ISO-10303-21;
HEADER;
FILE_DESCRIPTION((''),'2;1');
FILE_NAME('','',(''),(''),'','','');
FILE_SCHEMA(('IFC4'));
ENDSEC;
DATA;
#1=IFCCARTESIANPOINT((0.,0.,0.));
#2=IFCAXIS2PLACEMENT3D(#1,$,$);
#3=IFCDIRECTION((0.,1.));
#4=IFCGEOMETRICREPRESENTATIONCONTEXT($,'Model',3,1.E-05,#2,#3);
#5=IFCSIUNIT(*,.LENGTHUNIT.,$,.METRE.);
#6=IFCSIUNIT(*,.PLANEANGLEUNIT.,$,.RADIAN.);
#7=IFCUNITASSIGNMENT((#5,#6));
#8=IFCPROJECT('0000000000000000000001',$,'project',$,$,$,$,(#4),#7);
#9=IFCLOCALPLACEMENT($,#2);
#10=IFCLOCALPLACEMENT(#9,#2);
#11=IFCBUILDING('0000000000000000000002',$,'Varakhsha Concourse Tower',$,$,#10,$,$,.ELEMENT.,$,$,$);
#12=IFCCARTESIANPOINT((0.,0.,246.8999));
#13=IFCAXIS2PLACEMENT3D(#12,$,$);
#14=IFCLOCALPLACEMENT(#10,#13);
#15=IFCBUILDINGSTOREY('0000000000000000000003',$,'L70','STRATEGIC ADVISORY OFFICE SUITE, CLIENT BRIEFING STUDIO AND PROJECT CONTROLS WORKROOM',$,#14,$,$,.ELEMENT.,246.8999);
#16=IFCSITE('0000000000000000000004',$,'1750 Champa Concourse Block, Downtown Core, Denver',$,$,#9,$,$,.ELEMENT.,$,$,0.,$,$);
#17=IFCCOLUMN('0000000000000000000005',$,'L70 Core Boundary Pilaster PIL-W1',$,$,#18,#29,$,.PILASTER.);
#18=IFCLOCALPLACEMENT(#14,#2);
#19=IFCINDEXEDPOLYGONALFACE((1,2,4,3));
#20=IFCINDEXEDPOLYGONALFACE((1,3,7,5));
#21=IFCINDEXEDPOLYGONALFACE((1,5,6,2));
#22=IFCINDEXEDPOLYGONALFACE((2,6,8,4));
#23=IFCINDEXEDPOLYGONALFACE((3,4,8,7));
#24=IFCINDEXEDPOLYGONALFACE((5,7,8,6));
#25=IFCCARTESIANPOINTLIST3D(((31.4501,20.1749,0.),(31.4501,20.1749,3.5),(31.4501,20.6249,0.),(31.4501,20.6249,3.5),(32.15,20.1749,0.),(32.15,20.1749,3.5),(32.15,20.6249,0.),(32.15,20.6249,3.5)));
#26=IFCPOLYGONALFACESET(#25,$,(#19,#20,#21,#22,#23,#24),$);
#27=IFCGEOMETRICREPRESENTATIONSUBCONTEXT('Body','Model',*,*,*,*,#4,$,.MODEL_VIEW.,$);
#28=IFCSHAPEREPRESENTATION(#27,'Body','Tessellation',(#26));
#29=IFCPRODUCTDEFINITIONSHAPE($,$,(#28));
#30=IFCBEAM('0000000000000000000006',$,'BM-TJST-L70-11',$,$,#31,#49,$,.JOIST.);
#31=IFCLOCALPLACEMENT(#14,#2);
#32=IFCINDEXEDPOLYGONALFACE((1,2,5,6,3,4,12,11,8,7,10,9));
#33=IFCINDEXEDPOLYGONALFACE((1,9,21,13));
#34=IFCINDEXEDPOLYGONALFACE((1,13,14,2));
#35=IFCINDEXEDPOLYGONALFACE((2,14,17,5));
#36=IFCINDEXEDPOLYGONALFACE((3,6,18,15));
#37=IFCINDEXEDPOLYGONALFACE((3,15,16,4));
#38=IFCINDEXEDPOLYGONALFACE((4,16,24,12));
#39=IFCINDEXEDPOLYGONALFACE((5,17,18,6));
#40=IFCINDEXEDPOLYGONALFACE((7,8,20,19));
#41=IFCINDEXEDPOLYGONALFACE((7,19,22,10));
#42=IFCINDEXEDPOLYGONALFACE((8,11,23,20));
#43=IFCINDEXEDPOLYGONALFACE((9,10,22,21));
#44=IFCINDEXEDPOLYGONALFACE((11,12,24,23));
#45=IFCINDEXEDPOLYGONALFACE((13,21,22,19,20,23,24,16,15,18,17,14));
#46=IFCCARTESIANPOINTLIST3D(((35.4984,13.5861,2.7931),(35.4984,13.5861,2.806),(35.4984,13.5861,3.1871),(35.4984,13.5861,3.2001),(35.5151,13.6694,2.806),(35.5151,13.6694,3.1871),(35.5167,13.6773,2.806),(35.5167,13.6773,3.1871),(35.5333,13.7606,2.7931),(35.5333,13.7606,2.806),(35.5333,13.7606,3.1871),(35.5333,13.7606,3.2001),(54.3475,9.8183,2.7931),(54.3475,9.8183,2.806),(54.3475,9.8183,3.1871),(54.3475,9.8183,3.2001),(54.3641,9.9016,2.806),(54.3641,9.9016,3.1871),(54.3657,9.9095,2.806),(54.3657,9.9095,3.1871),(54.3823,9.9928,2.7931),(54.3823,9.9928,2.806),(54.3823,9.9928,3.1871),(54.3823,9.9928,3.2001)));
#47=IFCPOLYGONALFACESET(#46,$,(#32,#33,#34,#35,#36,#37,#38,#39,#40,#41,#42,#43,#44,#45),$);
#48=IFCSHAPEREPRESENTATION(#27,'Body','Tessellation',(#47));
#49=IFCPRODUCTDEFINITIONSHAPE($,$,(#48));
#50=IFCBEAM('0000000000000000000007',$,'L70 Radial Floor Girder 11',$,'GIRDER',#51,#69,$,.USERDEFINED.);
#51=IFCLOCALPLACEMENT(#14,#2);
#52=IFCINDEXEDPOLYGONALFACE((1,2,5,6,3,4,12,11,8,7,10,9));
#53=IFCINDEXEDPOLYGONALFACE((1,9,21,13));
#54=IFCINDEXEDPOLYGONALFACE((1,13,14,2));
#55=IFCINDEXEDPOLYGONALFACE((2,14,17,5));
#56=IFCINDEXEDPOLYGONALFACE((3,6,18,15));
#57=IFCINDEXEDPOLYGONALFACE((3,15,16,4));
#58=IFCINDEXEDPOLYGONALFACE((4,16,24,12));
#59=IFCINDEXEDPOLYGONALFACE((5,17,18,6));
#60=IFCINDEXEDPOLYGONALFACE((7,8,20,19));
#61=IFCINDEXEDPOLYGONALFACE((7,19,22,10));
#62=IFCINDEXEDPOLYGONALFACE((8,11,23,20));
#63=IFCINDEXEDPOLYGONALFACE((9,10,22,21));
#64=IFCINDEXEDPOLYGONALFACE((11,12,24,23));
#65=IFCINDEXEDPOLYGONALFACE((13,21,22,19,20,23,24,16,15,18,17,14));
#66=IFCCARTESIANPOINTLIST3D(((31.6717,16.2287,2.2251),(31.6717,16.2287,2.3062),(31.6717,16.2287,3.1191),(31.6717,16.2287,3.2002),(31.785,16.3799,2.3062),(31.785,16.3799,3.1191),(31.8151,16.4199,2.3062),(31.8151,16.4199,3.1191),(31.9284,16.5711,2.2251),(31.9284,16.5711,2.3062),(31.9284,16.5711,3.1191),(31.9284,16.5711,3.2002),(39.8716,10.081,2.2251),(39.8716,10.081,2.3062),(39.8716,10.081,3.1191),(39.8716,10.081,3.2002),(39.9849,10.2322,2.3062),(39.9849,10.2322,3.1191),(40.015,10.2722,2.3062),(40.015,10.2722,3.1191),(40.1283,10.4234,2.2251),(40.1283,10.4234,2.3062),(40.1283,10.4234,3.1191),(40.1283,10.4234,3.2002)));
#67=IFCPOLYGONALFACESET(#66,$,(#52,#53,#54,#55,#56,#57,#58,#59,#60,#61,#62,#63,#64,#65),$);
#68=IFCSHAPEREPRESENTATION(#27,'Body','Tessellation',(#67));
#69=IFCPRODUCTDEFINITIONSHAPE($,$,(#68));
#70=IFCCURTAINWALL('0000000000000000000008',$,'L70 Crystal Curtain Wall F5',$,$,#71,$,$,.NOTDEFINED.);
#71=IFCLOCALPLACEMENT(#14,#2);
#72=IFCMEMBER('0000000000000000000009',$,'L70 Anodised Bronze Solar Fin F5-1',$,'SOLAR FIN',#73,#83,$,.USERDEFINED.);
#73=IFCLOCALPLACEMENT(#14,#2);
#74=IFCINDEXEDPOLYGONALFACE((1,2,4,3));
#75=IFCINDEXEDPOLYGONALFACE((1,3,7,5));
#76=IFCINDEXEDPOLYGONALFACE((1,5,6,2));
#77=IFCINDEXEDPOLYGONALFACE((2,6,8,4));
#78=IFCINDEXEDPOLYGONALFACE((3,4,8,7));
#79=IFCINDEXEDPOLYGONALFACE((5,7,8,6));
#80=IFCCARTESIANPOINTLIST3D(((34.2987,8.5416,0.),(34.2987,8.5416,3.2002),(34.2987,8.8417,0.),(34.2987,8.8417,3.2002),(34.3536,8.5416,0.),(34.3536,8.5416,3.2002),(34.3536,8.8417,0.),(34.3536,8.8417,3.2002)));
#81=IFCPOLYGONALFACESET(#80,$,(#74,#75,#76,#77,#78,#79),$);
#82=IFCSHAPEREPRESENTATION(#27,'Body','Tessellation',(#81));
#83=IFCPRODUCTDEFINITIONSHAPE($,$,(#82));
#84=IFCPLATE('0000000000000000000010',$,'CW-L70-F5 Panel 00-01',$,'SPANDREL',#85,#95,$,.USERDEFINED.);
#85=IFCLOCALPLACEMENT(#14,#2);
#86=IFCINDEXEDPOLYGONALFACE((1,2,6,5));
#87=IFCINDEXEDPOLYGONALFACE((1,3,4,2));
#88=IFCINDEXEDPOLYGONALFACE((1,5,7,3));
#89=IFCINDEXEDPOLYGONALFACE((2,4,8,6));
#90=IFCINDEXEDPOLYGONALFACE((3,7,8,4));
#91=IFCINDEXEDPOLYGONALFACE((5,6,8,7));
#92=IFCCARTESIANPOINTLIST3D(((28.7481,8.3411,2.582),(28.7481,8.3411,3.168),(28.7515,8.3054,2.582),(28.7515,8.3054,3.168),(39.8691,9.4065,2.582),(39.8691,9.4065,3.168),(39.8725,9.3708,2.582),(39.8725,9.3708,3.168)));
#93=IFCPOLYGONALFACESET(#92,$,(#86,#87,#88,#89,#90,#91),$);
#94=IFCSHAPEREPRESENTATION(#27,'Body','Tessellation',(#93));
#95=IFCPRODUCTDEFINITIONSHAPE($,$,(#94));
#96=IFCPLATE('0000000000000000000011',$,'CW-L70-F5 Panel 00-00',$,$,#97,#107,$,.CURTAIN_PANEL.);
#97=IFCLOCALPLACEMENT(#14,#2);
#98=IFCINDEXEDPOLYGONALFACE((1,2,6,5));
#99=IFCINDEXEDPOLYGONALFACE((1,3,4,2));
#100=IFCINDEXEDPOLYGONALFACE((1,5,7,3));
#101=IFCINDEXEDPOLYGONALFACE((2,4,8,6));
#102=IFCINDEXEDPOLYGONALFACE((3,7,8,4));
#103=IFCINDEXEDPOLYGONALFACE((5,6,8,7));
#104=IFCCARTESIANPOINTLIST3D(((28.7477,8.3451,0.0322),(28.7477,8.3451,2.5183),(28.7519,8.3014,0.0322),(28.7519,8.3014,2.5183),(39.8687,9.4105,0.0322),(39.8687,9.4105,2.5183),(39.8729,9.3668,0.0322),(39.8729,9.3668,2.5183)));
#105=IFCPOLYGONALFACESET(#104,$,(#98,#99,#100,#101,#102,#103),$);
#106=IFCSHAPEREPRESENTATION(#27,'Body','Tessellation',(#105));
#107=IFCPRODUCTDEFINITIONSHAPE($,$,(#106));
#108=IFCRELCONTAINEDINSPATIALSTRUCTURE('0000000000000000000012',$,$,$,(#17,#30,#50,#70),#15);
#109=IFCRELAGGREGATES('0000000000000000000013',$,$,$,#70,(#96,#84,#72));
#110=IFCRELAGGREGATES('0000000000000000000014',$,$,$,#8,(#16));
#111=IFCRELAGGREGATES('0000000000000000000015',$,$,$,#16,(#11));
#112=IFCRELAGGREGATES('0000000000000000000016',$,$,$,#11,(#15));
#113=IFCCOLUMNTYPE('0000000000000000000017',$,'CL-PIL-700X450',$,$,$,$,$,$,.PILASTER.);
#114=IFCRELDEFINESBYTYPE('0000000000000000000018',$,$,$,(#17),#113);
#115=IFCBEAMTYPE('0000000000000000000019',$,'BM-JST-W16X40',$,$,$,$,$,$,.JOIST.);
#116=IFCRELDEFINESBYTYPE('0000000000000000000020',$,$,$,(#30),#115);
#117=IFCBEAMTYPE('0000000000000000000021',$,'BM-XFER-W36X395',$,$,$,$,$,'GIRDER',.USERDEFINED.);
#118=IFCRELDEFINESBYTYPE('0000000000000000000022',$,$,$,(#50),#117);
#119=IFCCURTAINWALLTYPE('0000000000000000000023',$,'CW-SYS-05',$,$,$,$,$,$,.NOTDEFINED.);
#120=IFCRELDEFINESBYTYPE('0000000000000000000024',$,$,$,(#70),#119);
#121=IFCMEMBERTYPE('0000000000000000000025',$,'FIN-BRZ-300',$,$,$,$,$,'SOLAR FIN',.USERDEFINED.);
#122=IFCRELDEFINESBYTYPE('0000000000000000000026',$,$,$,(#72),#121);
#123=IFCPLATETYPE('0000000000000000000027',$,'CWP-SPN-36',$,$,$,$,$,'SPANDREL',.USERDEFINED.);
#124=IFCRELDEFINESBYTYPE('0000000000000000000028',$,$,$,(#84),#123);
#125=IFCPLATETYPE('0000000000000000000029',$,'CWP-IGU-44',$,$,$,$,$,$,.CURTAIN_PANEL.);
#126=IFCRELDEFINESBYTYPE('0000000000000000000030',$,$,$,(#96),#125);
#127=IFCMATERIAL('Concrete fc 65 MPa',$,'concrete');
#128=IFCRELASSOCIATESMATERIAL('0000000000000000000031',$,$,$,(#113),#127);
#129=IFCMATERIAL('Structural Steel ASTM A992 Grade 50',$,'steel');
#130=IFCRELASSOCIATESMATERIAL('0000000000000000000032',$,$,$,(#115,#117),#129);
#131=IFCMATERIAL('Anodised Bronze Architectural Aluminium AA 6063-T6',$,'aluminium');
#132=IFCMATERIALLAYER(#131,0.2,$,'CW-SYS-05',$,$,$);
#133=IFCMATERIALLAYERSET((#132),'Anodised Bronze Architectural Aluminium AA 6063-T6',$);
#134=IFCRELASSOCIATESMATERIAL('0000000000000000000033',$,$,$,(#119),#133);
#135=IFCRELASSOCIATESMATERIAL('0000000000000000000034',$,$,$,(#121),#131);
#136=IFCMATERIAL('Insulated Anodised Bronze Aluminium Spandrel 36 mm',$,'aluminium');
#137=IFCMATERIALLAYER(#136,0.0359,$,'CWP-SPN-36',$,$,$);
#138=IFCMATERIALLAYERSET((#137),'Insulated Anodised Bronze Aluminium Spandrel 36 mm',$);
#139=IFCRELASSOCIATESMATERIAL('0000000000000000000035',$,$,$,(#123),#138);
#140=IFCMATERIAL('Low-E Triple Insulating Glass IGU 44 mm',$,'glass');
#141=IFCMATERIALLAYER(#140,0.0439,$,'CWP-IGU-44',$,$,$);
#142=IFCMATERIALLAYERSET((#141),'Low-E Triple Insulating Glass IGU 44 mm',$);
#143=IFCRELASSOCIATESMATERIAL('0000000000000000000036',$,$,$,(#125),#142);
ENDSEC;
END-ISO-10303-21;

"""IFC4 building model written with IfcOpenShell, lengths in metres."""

from ifc_helpers import new_model, si_unit, direction, frame, origin, origin_2d, place, context, subcontext, project, spatial, rectangle, i_section, extrude, source, transform, mapped, material, layer, layer_set, material_profile, profile_set, type_object, type_shapes, element, aggregate, save


model = new_model("IFC4")

# Units and contexts
model_context = context("Model", 3, precision=1e-05, world=origin(), true_north=direction((0.0, 1.0)))
body_context = subcontext(model_context, "Body", "Model", "MODEL_VIEW")
ifc_project = project(units=[si_unit("LENGTHUNIT", "METRE"), si_unit("PLANEANGLEUNIT", "RADIAN")], contexts=[model_context])

# Site, building, storey
site_placement = place(None, origin())
site = spatial("IfcSite", under=ifc_project, at=site_placement, Name="1750 Champa Concourse Block, Downtown Core, Denver", CompositionType="ELEMENT", RefElevation=0.0)
building_placement = place(site_placement, origin())
building = spatial("IfcBuilding", under=site, at=building_placement, Name="Varakhsha Concourse Tower", CompositionType="ELEMENT")
storey_placement = place(building_placement, frame((0.0, 0.0, 246.8999)))
storey = spatial("IfcBuildingStorey", under=building, at=storey_placement, Name="L70", Description="STRATEGIC ADVISORY OFFICE SUITE, CLIENT BRIEFING STUDIO AND PROJECT CONTROLS WORKROOM", CompositionType="ELEMENT", Elevation=246.8999)

# Column
ifc_material_1 = material(Name="Concrete fc 65 MPa", Category="concrete")
ifc_material_profile_1 = material_profile(ifc_material_1, rectangle(XDim=0.7, YDim=0.45, at=origin_2d()), Name="RC 700x450")
ifc_profile_set_1 = profile_set([ifc_material_profile_1], Name="Concrete fc 65 MPa")
column_type = type_object("IfcColumnType", Name="CL-PIL-700X450", PredefinedType="PILASTER", material=ifc_profile_set_1)
column_placement = place(storey_placement, frame((31.8, 20.3999, 0.0), z_axis=(0.0, 0.0, 1.0), x_axis=(1.0, 0.0, 0.0)))
element("IfcColumn", 1, at=column_placement, inside=storey, type_object=column_type, Name="L70 Core Boundary Pilaster PIL-W1", PredefinedType="PILASTER", context=body_context, shape_type="SweptSolid", body=[
    extrude(rectangle(XDim=0.7, YDim=0.45, at=origin_2d()), origin(), (0.0, 0.0, 1.0), 3.5),
])

# Beams
ifc_material_2 = material(Name="Structural Steel ASTM A992 Grade 50", Category="steel")
ifc_material_profile_2 = material_profile(ifc_material_2, i_section(OverallWidth=0.178, OverallDepth=0.407, WebThickness=0.0081, FlangeThickness=0.0129, at=origin_2d()), Name="W16X40")
ifc_profile_set_2 = profile_set([ifc_material_profile_2], Name="Structural Steel ASTM A992 Grade 50")
beam_type_1 = type_object("IfcBeamType", Name="BM-JST-W16X40", PredefinedType="JOIST", material=ifc_profile_set_2)
beam_1_placement = place(storey_placement, frame((35.5159, 13.6733, 2.9966), z_axis=(0.980601, -0.196016, 0.0), x_axis=(0.196016, 0.980601, 0.0)))
element("IfcBeam", 2, at=beam_1_placement, inside=storey, type_object=beam_type_1, Name="BM-TJST-L70-11", PredefinedType="JOIST", context=body_context, shape_type="SweptSolid", body=[
    extrude(i_section(OverallWidth=0.178, OverallDepth=0.407, WebThickness=0.0081, FlangeThickness=0.0129, at=origin_2d()), origin(), (0.0, 0.0, 1.0), 19.2219),
])
ifc_material_profile_3 = material_profile(ifc_material_2, i_section(OverallWidth=0.428, OverallDepth=0.9751, WebThickness=0.05, FlangeThickness=0.0811, at=origin_2d()), Name="W36X395")
ifc_profile_set_3 = profile_set([ifc_material_profile_3], Name="Structural Steel ASTM A992 Grade 50")
beam_type_2 = type_object("IfcBeamType", Name="BM-XFER-W36X395", ElementType="GIRDER", PredefinedType="USERDEFINED", material=ifc_profile_set_3)
beam_2_placement = place(storey_placement, frame((31.8, 16.3999, 2.7126), z_axis=(0.800106, -0.599859, 0.0), x_axis=(0.599859, 0.800106, 0.0)))
element("IfcBeam", 3, at=beam_2_placement, inside=storey, type_object=beam_type_2, Name="L70 Radial Floor Girder 11", ObjectType="GIRDER", PredefinedType="USERDEFINED", context=body_context, shape_type="SweptSolid", body=[
    extrude(i_section(OverallWidth=0.428, OverallDepth=0.9751, WebThickness=0.05, FlangeThickness=0.0811, at=origin_2d()), origin(), (0.0, 0.0, 1.0), 10.2485),
])

# Curtain wall, member, plates
ifc_material_3 = material(Name="Anodised Bronze Architectural Aluminium AA 6063-T6", Category="aluminium")
ifc_layer_1 = layer(ifc_material_3, 0.2, Name="CW-SYS-05")
ifc_layer_set_1 = layer_set([ifc_layer_1], Name="Anodised Bronze Architectural Aluminium AA 6063-T6")
curtain_wall_type = type_object("IfcCurtainWallType", Name="CW-SYS-05", PredefinedType="NOTDEFINED", material=ifc_layer_set_1)
curtain_wall_placement = place(storey_placement, origin())
curtain_wall = element("IfcCurtainWall", 4, at=curtain_wall_placement, inside=storey, type_object=curtain_wall_type, Name="L70 Crystal Curtain Wall F5", PredefinedType="NOTDEFINED")
ifc_material_profile_4 = material_profile(ifc_material_3, rectangle(XDim=0.0549, YDim=0.3, at=origin_2d()), Name="FIN-BRZ-300")
ifc_profile_set_4 = profile_set([ifc_material_profile_4], Name="Anodised Bronze Architectural Aluminium AA 6063-T6")
member_type = type_object("IfcMemberType", Name="FIN-BRZ-300", ElementType="SOLAR FIN", PredefinedType="USERDEFINED", material=ifc_profile_set_4)
shared_shape_1 = source(origin(), body_context, "Body", "SweptSolid", [
    extrude(rectangle(XDim=0.0549, YDim=0.3, at=origin_2d()), origin(), (0.0, 0.0, 1.0), 3.2002),
])
type_shapes(member_type, [shared_shape_1])
member_placement = place(storey_placement, frame((34.3262, 8.6917, 0.0), z_axis=(0.0, 0.0, 1.0), x_axis=(1.0, 0.0, 0.0)))
member = element("IfcMember", 5, at=member_placement, type_object=member_type, Name="L70 Anodised Bronze Solar Fin F5-1", ObjectType="SOLAR FIN", PredefinedType="USERDEFINED", context=body_context, shape_type="MappedRepresentation", body=[
    mapped(shared_shape_1, transform((0.0, 0.0, 0.0), scale=1.0)),
])
ifc_material_4 = material(Name="Insulated Anodised Bronze Aluminium Spandrel 36 mm", Category="aluminium")
ifc_layer_2 = layer(ifc_material_4, 0.0359, Name="CWP-SPN-36")
ifc_layer_set_2 = layer_set([ifc_layer_2], Name="Insulated Anodised Bronze Aluminium Spandrel 36 mm")
plate_type_1 = type_object("IfcPlateType", Name="CWP-SPN-36", ElementType="SPANDREL", PredefinedType="USERDEFINED", material=ifc_layer_set_2)
shared_shape_2 = source(origin(), body_context, "Body", "SweptSolid", [
    extrude(rectangle(XDim=11.1719, YDim=0.0359, at=origin_2d()), origin(), (0.0, 0.0, 1.0), 0.5859),
])
type_shapes(plate_type_1, [shared_shape_2])
plate_1_placement = place(storey_placement, frame((34.3103, 8.856, 2.582), z_axis=(0.0, 0.0, 1.0), x_axis=(-0.995443, -0.095363, 0.0)))
plate_1 = element("IfcPlate", 6, at=plate_1_placement, type_object=plate_type_1, Name="CW-L70-F5 Panel 00-01", ObjectType="SPANDREL", PredefinedType="USERDEFINED", context=body_context, shape_type="MappedRepresentation", body=[
    mapped(shared_shape_2, transform((0.0, 0.0, 0.0), scale=1.0)),
])
ifc_material_5 = material(Name="Low-E Triple Insulating Glass IGU 44 mm", Category="glass")
ifc_layer_3 = layer(ifc_material_5, 0.0439, Name="CWP-IGU-44")
ifc_layer_set_3 = layer_set([ifc_layer_3], Name="Low-E Triple Insulating Glass IGU 44 mm")
plate_type_2 = type_object("IfcPlateType", Name="CWP-IGU-44", PredefinedType="CURTAIN_PANEL", material=ifc_layer_set_3)
shared_shape_3 = source(origin(), body_context, "Body", "SweptSolid", [
    extrude(rectangle(XDim=11.1719, YDim=0.0439, at=origin_2d()), origin(), (0.0, 0.0, 1.0), 2.4861),
])
type_shapes(plate_type_2, [shared_shape_3])
plate_2_placement = place(storey_placement, frame((34.3103, 8.856, 0.0322), z_axis=(0.0, 0.0, 1.0), x_axis=(-0.995443, -0.095363, 0.0)))
plate_2 = element("IfcPlate", 7, at=plate_2_placement, type_object=plate_type_2, Name="CW-L70-F5 Panel 00-00", PredefinedType="CURTAIN_PANEL", context=body_context, shape_type="MappedRepresentation", body=[
    mapped(shared_shape_3, transform((0.0, 0.0, 0.0), scale=1.0)),
])
aggregate(curtain_wall, [plate_2, plate_1, member])

save(model, "model.ifc")
